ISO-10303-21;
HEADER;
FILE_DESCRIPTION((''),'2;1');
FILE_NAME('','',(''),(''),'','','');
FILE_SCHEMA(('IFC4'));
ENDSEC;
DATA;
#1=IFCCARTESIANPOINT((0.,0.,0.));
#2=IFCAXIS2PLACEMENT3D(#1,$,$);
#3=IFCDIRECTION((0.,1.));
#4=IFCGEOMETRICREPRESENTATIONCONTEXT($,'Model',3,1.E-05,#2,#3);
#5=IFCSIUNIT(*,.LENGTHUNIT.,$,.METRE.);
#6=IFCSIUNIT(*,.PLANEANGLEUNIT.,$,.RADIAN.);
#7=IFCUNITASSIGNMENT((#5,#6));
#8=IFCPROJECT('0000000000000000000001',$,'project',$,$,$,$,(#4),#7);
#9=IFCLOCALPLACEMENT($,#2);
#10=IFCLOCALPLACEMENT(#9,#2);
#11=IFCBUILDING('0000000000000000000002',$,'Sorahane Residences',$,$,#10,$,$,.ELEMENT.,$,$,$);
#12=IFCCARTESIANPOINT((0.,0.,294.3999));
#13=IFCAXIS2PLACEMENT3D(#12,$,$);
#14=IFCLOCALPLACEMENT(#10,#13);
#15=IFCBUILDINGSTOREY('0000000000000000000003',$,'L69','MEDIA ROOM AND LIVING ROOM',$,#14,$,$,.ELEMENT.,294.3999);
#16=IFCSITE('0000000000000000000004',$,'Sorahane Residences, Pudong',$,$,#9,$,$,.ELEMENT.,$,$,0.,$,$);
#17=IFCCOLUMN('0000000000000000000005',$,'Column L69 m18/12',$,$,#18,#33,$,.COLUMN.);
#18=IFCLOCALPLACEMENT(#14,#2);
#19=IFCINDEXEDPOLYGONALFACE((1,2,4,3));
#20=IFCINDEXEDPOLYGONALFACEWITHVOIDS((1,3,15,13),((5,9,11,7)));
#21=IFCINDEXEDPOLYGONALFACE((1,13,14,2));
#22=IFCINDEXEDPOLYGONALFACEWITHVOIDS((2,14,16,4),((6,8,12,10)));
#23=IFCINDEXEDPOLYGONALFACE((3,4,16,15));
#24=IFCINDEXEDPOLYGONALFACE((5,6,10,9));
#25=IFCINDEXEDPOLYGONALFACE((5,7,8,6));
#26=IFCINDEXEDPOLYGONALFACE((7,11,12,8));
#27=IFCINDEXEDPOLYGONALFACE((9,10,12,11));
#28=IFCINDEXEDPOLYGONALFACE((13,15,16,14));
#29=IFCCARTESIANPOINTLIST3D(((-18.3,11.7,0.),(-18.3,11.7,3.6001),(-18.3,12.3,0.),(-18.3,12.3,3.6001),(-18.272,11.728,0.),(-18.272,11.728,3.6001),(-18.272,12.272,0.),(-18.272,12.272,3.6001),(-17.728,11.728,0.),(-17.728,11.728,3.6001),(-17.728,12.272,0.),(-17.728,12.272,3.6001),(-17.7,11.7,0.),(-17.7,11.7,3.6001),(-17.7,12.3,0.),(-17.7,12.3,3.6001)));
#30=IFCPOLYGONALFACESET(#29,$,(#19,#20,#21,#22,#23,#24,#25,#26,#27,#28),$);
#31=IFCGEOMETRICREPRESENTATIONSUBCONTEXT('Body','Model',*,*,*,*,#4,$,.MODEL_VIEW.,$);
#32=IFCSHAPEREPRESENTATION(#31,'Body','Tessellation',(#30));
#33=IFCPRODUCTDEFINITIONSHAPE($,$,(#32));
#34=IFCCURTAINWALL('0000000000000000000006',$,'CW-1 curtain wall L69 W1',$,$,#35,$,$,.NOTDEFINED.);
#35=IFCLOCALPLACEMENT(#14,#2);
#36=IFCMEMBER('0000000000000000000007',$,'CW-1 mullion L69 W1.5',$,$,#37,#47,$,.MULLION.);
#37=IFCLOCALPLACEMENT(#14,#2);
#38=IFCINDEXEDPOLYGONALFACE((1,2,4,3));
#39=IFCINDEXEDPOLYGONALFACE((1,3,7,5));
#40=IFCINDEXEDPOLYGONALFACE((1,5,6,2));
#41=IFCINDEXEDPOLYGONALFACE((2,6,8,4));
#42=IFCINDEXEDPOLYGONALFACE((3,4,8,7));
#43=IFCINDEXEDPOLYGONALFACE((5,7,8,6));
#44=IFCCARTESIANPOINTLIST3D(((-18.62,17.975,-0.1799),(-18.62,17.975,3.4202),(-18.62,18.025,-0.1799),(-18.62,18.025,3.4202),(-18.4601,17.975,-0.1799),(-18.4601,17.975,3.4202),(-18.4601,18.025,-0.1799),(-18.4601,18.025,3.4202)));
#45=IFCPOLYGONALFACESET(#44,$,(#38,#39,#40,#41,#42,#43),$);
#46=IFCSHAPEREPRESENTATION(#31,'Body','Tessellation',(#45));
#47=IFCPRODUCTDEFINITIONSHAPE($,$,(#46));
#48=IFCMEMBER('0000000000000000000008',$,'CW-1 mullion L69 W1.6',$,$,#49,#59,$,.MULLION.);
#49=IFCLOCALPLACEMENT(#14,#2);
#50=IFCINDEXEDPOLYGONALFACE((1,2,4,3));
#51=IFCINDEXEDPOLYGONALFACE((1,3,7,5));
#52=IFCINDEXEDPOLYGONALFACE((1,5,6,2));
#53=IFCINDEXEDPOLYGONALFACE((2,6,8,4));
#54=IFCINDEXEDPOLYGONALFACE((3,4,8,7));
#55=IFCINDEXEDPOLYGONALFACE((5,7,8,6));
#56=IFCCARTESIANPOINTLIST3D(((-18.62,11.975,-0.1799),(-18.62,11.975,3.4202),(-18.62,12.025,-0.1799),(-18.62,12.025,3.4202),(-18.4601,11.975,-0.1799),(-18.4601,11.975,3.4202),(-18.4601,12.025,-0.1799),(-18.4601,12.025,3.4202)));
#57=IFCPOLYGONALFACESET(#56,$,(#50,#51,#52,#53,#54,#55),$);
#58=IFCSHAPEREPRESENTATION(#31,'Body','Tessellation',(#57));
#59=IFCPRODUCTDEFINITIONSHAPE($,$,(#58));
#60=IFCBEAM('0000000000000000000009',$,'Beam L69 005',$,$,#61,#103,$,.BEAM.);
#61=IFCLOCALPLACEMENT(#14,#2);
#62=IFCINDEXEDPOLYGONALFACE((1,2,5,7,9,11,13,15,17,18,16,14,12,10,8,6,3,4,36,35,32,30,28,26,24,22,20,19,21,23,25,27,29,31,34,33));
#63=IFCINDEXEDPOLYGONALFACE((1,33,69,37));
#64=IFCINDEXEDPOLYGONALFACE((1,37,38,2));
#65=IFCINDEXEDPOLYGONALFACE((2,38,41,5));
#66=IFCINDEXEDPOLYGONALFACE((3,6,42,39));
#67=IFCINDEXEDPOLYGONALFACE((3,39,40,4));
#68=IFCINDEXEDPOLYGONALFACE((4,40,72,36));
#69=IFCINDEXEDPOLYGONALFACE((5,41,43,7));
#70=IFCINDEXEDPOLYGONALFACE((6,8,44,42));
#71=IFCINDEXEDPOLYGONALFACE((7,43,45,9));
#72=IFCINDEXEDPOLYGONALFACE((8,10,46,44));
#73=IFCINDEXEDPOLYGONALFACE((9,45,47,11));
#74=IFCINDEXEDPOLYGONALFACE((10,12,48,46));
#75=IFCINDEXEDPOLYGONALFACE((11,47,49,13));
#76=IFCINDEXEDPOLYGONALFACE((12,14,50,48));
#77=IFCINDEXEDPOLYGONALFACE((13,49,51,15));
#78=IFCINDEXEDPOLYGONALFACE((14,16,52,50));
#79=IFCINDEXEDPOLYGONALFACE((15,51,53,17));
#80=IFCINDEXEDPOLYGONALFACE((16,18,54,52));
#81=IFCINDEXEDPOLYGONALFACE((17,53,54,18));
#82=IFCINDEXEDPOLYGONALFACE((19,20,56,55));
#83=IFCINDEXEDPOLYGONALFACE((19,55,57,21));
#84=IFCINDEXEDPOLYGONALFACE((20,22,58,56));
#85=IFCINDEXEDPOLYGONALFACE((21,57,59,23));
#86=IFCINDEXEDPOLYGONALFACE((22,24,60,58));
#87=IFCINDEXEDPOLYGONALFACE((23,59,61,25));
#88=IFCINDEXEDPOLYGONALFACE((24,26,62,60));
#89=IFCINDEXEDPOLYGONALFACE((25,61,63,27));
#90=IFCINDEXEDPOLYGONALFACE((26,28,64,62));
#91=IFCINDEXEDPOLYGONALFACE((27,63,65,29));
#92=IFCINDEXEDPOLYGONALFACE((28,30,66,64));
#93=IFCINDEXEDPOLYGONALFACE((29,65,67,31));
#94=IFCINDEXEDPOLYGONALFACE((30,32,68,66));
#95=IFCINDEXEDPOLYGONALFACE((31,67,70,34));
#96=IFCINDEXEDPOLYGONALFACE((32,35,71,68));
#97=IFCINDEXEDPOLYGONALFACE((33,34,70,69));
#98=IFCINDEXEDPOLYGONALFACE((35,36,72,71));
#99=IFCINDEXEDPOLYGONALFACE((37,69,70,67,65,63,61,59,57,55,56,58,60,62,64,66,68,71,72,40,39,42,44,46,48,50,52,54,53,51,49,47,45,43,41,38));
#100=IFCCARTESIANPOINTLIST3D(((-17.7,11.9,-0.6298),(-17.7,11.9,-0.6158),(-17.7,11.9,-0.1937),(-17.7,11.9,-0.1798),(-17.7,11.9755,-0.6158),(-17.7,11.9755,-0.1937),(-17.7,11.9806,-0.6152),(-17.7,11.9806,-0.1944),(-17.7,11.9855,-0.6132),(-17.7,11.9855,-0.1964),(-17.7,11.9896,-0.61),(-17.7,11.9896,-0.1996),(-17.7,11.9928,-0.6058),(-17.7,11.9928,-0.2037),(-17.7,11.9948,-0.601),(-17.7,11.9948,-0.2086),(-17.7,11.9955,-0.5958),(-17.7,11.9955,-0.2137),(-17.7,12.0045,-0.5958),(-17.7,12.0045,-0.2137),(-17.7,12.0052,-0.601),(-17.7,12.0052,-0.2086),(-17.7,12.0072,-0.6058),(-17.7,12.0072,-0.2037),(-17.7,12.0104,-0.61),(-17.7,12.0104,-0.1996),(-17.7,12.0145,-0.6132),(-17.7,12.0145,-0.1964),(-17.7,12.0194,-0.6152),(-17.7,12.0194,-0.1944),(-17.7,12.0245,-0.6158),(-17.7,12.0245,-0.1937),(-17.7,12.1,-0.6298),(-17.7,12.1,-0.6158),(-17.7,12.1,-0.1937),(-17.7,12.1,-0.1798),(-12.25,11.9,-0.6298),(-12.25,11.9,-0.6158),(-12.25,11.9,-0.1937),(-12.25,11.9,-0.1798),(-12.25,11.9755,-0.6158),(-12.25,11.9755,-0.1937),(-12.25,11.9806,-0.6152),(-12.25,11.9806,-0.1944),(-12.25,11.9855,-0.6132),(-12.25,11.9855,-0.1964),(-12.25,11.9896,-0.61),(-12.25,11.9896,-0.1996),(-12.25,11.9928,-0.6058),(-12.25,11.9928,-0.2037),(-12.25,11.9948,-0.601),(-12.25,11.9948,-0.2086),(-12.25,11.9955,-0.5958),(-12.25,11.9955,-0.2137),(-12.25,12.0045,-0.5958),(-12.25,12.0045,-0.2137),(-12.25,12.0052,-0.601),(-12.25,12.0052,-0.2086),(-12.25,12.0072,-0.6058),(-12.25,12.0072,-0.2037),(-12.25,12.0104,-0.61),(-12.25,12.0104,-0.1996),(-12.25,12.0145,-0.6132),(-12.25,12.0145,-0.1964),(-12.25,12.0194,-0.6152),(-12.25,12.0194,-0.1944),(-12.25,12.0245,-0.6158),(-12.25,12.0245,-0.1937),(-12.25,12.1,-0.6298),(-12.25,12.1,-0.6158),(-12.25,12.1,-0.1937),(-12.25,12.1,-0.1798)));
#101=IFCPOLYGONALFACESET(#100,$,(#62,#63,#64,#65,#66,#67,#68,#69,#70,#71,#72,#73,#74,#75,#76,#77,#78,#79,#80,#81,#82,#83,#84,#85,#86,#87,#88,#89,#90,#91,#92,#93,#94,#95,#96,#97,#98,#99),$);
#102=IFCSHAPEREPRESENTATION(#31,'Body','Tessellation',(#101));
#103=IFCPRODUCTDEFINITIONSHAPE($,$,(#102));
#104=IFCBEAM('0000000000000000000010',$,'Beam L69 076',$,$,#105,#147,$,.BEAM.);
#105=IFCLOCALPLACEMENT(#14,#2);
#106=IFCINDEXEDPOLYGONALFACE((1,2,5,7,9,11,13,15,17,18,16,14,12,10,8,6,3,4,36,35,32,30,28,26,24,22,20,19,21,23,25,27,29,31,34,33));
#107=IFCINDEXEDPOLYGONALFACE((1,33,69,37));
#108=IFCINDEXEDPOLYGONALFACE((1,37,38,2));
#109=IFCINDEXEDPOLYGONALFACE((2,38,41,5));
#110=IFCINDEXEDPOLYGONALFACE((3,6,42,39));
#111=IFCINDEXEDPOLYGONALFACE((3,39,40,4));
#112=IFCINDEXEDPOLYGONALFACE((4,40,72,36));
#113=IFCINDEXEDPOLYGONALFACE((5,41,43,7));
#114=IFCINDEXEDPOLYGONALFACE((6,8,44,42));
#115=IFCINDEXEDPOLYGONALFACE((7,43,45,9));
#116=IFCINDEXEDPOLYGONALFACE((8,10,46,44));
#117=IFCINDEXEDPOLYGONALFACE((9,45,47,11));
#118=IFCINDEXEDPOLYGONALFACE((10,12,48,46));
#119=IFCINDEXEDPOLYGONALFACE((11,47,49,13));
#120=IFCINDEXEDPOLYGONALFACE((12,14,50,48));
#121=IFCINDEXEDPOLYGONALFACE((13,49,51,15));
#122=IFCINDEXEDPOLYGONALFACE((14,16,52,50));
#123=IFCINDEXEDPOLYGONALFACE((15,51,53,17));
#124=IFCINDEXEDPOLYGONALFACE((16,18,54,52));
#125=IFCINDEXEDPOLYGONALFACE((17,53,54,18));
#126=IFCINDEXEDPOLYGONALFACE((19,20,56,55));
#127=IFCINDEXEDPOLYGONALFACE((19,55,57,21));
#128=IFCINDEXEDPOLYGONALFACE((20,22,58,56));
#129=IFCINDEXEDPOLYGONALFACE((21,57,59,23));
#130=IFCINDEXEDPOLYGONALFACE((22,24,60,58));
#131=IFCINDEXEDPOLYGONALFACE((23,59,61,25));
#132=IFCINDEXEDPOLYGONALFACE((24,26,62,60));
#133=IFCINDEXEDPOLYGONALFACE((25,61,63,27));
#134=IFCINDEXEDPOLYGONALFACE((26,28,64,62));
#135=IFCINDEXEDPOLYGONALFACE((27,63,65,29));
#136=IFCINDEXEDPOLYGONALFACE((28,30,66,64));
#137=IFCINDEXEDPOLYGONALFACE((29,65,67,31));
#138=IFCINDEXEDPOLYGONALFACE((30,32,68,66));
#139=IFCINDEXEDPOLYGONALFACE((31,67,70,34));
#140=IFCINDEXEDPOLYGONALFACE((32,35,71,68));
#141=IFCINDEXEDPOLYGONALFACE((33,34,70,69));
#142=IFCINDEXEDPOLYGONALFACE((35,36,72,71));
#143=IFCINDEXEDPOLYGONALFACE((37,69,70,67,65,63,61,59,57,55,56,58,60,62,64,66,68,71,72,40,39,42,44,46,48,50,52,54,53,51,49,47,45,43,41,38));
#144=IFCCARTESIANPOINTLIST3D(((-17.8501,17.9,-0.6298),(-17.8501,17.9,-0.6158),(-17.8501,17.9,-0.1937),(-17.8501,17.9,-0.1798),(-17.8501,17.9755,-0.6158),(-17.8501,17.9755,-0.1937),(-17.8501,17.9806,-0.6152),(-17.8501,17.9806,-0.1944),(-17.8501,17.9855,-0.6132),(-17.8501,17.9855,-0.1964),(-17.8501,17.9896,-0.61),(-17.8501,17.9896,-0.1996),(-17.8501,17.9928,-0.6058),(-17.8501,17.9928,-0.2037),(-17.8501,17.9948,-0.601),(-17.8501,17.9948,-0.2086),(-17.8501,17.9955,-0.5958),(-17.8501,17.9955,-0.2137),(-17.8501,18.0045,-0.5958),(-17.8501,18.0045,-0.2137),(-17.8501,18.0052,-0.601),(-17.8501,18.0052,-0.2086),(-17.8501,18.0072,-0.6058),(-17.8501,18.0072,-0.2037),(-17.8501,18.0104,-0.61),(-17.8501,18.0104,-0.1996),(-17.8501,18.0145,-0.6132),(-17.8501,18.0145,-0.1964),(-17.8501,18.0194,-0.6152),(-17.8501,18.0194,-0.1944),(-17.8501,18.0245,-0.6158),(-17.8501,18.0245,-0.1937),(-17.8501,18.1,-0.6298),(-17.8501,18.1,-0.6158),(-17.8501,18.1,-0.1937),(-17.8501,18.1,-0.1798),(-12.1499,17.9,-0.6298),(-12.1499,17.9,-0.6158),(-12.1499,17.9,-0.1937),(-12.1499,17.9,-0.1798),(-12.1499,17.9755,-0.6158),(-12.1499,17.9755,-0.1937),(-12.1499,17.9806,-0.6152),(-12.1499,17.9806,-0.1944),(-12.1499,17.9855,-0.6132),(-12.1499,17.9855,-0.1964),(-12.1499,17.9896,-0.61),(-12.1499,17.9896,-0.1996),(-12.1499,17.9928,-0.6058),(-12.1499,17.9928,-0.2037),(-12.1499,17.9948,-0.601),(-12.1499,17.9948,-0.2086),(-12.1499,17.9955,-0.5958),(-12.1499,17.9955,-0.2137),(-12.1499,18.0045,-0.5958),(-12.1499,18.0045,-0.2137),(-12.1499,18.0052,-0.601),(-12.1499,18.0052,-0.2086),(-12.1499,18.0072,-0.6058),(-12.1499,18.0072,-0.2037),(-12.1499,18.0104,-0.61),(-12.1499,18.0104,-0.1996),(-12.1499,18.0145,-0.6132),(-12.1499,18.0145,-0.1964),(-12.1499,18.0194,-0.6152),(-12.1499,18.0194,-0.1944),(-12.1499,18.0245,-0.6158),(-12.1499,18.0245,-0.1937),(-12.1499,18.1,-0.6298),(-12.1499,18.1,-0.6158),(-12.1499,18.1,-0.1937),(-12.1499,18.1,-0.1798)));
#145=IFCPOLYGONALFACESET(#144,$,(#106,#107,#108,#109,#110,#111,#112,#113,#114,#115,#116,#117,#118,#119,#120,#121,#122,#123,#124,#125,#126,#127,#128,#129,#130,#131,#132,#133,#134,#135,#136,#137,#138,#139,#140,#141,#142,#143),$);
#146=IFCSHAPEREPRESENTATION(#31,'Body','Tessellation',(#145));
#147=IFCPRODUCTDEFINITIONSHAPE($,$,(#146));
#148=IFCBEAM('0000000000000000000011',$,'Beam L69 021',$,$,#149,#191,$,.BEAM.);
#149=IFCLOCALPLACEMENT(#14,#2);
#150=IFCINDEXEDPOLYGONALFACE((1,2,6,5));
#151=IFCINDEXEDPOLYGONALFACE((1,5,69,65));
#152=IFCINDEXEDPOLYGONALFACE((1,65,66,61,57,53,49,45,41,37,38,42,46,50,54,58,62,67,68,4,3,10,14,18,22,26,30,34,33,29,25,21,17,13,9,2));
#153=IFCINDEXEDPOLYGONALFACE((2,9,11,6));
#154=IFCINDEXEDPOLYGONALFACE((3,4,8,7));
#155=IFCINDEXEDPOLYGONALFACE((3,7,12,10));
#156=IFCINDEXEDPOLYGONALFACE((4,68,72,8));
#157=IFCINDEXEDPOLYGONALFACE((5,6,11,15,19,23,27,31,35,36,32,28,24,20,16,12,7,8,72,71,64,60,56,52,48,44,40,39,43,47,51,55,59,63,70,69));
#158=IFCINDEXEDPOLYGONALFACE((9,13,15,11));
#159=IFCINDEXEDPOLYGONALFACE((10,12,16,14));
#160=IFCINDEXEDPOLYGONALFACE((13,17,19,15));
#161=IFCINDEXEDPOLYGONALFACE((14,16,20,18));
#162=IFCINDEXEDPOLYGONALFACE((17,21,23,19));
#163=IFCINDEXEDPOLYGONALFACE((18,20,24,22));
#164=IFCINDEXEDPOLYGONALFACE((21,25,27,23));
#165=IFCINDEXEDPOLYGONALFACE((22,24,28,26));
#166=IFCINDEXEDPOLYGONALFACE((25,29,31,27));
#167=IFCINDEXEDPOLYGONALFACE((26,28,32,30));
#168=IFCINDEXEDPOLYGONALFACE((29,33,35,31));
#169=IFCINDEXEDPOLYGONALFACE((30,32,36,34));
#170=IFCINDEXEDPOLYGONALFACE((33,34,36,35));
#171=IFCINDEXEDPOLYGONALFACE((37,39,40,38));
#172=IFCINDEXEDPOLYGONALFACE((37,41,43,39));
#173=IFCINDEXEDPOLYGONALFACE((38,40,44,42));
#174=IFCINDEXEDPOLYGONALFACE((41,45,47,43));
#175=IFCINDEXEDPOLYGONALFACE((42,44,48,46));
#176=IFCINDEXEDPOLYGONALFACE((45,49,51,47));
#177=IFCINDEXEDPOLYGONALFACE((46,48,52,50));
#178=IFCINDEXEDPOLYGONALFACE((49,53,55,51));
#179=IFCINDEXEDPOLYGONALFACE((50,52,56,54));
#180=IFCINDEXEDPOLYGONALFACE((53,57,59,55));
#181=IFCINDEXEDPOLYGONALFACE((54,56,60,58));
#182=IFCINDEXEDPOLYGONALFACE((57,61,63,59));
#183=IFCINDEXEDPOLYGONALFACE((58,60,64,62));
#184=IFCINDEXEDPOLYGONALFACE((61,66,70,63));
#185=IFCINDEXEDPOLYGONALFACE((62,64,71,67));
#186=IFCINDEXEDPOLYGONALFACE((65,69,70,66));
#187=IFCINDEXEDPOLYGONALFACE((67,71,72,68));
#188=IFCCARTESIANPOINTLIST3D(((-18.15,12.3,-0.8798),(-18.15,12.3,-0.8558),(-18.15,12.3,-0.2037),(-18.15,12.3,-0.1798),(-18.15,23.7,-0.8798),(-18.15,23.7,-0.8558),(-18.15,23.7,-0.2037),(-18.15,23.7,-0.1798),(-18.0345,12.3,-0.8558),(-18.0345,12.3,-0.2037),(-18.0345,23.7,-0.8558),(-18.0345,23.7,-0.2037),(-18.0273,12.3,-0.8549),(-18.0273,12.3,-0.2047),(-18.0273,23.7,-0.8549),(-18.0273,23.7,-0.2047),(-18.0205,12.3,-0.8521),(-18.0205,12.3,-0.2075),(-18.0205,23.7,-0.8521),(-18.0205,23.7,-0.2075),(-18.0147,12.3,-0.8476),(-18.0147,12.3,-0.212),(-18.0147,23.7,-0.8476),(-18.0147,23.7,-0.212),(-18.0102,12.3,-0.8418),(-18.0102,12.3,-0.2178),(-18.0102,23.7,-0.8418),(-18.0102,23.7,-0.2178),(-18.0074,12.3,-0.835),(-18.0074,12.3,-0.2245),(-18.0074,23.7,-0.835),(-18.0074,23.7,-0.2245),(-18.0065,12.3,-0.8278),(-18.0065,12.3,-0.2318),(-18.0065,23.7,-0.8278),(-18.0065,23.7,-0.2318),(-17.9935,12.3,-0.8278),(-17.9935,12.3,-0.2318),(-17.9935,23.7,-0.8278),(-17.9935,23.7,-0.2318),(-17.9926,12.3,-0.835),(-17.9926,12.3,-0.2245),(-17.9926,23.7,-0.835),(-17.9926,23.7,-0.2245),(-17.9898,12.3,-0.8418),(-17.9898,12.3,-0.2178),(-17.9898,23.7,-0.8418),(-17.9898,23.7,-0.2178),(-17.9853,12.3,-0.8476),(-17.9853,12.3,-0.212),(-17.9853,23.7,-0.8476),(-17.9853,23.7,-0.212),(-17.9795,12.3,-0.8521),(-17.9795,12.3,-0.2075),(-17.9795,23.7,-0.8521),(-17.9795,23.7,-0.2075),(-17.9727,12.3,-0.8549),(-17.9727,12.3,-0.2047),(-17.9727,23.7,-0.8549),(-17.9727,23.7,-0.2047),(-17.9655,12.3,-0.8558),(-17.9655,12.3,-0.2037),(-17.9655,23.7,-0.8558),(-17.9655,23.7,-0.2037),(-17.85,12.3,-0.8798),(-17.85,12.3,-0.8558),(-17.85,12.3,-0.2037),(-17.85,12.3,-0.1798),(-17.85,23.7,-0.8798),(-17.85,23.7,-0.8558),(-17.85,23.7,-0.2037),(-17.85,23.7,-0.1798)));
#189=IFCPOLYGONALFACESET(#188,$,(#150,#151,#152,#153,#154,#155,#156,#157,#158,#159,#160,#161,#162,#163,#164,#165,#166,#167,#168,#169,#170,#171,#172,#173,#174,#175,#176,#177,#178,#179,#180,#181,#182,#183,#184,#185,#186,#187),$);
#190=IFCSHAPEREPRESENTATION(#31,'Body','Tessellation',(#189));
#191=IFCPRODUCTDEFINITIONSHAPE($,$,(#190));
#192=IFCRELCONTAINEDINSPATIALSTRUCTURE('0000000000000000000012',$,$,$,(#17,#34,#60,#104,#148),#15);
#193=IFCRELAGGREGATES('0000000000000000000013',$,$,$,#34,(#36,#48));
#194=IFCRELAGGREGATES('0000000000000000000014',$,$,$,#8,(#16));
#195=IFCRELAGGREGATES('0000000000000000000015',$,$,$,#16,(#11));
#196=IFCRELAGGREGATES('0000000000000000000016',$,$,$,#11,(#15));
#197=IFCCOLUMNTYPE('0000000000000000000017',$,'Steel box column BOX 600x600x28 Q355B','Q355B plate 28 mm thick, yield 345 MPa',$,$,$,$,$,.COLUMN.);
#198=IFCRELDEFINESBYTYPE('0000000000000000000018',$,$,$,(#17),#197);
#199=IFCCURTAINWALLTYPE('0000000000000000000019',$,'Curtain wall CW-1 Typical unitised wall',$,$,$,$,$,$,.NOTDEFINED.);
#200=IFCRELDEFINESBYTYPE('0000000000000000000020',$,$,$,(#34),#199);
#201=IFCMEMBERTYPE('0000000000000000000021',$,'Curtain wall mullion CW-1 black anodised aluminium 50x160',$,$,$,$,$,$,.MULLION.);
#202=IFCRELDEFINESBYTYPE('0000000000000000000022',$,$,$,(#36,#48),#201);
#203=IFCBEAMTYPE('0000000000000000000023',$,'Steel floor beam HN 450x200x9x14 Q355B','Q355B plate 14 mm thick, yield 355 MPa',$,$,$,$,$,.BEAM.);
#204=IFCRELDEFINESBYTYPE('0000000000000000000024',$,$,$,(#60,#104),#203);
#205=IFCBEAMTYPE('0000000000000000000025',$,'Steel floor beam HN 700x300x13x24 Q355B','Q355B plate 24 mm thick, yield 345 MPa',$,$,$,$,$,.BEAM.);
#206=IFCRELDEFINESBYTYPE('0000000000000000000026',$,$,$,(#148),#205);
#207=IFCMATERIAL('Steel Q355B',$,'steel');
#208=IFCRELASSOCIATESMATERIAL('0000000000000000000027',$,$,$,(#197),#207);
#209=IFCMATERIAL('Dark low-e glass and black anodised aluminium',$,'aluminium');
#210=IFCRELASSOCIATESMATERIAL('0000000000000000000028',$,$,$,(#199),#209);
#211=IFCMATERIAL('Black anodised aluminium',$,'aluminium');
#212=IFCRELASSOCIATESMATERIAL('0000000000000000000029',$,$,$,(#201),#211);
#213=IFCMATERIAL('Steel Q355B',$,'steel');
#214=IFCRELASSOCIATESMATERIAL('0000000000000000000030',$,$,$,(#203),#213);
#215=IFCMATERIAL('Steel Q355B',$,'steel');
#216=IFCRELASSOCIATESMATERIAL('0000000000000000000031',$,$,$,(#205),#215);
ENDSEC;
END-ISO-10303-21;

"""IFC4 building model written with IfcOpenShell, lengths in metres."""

from ifc_helpers import new_model, si_unit, direction, frame, origin, origin_2d, place, context, subcontext, project, spatial, rectangle, hollow_rectangle, i_section, extrude, material, material_profile, profile_set, type_object, element, aggregate, save


model = new_model("IFC4")

# Units and contexts
model_context = context("Model", 3, precision=1e-05, world=origin(), true_north=direction((0.0, 1.0)))
body_context = subcontext(model_context, "Body", "Model", "MODEL_VIEW")
ifc_project = project(units=[si_unit("LENGTHUNIT", "METRE"), si_unit("PLANEANGLEUNIT", "RADIAN")], contexts=[model_context])

# Site, building, storey
site_placement = place(None, origin())
site = spatial("IfcSite", under=ifc_project, at=site_placement, Name="Sorahane Residences, Pudong", CompositionType="ELEMENT", RefElevation=0.0)
building_placement = place(site_placement, origin())
building = spatial("IfcBuilding", under=site, at=building_placement, Name="Sorahane Residences", CompositionType="ELEMENT")
storey_placement = place(building_placement, frame((0.0, 0.0, 294.3999)))
storey = spatial("IfcBuildingStorey", under=building, at=storey_placement, Name="L69", Description="MEDIA ROOM AND LIVING ROOM", CompositionType="ELEMENT", Elevation=294.3999)

# Column
ifc_material_1 = material(Name="Steel Q355B", Category="steel")
ifc_material_profile_1 = material_profile(ifc_material_1, hollow_rectangle(XDim=0.6001, YDim=0.6001, WallThickness=0.0281, at=origin_2d()), Name="BOX 600x600x28")
ifc_profile_set_1 = profile_set([ifc_material_profile_1], Name="Steel Q355B")
column_type = type_object("IfcColumnType", Name="Steel box column BOX 600x600x28 Q355B", Description="Q355B plate 28 mm thick, yield 345 MPa", PredefinedType="COLUMN", material=ifc_profile_set_1)
column_placement = place(storey_placement, frame((-18.0, 12.0, 0.0), z_axis=(0.0, 0.0, 1.0), x_axis=(1.0, 0.0, 0.0)))
element("IfcColumn", 1, at=column_placement, inside=storey, type_object=column_type, Name="Column L69 m18/12", PredefinedType="COLUMN", context=body_context, shape_type="SweptSolid", body=[
    extrude(hollow_rectangle(XDim=0.6001, YDim=0.6001, WallThickness=0.0281, at=origin_2d()), origin(), (0.0, 0.0, 1.0), 3.6001),
])

# Curtain wall, members
ifc_material_2 = material(Name="Dark low-e glass and black anodised aluminium", Category="aluminium")
curtain_wall_type = type_object("IfcCurtainWallType", Name="Curtain wall CW-1 Typical unitised wall", PredefinedType="NOTDEFINED", material=ifc_material_2)
curtain_wall_placement = place(storey_placement, origin())
curtain_wall = element("IfcCurtainWall", 2, at=curtain_wall_placement, inside=storey, type_object=curtain_wall_type, Name="CW-1 curtain wall L69 W1", PredefinedType="NOTDEFINED")
ifc_material_3 = material(Name="Black anodised aluminium", Category="aluminium")
ifc_material_profile_2 = material_profile(ifc_material_3, rectangle(XDim=0.1599, YDim=0.05, at=origin_2d()), Name="Curtain wall mullion CW-1 black anodised aluminium 50x160")
ifc_profile_set_2 = profile_set([ifc_material_profile_2], Name="Black anodised aluminium")
member_type = type_object("IfcMemberType", Name="Curtain wall mullion CW-1 black anodised aluminium 50x160", PredefinedType="MULLION", material=ifc_profile_set_2)
member_1_placement = place(storey_placement, frame((-18.54, 18.0, -0.1799), z_axis=(0.0, 0.0, 1.0), x_axis=(-1.0, 0.0, 0.0)))
member_1 = element("IfcMember", 3, at=member_1_placement, type_object=member_type, Name="CW-1 mullion L69 W1.5", PredefinedType="MULLION", context=body_context, shape_type="SweptSolid", body=[
    extrude(rectangle(XDim=0.1599, YDim=0.05, at=origin_2d()), origin(), (0.0, 0.0, 1.0), 3.6001),
])
member_2_placement = place(storey_placement, frame((-18.54, 12.0, -0.1799), z_axis=(0.0, 0.0, 1.0), x_axis=(-1.0, 0.0, 0.0)))
member_2 = element("IfcMember", 4, at=member_2_placement, type_object=member_type, Name="CW-1 mullion L69 W1.6", PredefinedType="MULLION", context=body_context, shape_type="SweptSolid", body=[
    extrude(rectangle(XDim=0.1599, YDim=0.05, at=origin_2d()), origin(), (0.0, 0.0, 1.0), 3.6001),
])

# Beams
ifc_material_4 = material(Name="Steel Q355B", Category="steel")
ifc_material_profile_3 = material_profile(ifc_material_4, i_section(OverallWidth=0.2, OverallDepth=0.45, WebThickness=0.009, FlangeThickness=0.0139, FilletRadius=0.02, at=origin_2d()), Name="HN 450x200x9x14")
ifc_profile_set_3 = profile_set([ifc_material_profile_3], Name="Steel Q355B")
beam_type_1 = type_object("IfcBeamType", Name="Steel floor beam HN 450x200x9x14 Q355B", Description="Q355B plate 14 mm thick, yield 355 MPa", PredefinedType="BEAM", material=ifc_profile_set_3)
beam_1_placement = place(storey_placement, frame((-17.7, 12.0, -0.4048), z_axis=(1.0, 0.0, 0.0), x_axis=(0.0, 1.0, 0.0)))
element("IfcBeam", 5, at=beam_1_placement, inside=storey, type_object=beam_type_1, Name="Beam L69 005", PredefinedType="BEAM", context=body_context, shape_type="SweptSolid", body=[
    extrude(i_section(OverallWidth=0.2, OverallDepth=0.45, WebThickness=0.009, FlangeThickness=0.0139, FilletRadius=0.02, at=origin_2d()), origin(), (0.0, 0.0, 1.0), 5.45),
])
beam_2_placement = place(storey_placement, frame((-17.8501, 18.0, -0.4048), z_axis=(1.0, 0.0, 0.0), x_axis=(0.0, 1.0, 0.0)))
element("IfcBeam", 6, at=beam_2_placement, inside=storey, type_object=beam_type_1, Name="Beam L69 076", PredefinedType="BEAM", context=body_context, shape_type="SweptSolid", body=[
    extrude(i_section(OverallWidth=0.2, OverallDepth=0.45, WebThickness=0.009, FlangeThickness=0.0139, FilletRadius=0.02, at=origin_2d()), origin(), (0.0, 0.0, 1.0), 5.7002),
])
ifc_material_5 = material(Name="Steel Q355B", Category="steel")
ifc_material_profile_4 = material_profile(ifc_material_5, i_section(OverallWidth=0.3, OverallDepth=0.7, WebThickness=0.0129, FlangeThickness=0.0239, FilletRadius=0.0281, at=origin_2d()), Name="HN 700x300x13x24")
ifc_profile_set_4 = profile_set([ifc_material_profile_4], Name="Steel Q355B")
beam_type_2 = type_object("IfcBeamType", Name="Steel floor beam HN 700x300x13x24 Q355B", Description="Q355B plate 24 mm thick, yield 345 MPa", PredefinedType="BEAM", material=ifc_profile_set_4)
beam_3_placement = place(storey_placement, frame((-18.0, 12.3, -0.5298), z_axis=(0.0, 1.0, 0.0), x_axis=(-1.0, 0.0, 0.0)))
element("IfcBeam", 7, at=beam_3_placement, inside=storey, type_object=beam_type_2, Name="Beam L69 021", PredefinedType="BEAM", context=body_context, shape_type="SweptSolid", body=[
    extrude(i_section(OverallWidth=0.3, OverallDepth=0.7, WebThickness=0.0129, FlangeThickness=0.0239, FilletRadius=0.0281, at=origin_2d()), origin(), (0.0, 0.0, 1.0), 11.3999),
])

aggregate(curtain_wall, [member_1, member_2])

save(model, "model.ifc")
